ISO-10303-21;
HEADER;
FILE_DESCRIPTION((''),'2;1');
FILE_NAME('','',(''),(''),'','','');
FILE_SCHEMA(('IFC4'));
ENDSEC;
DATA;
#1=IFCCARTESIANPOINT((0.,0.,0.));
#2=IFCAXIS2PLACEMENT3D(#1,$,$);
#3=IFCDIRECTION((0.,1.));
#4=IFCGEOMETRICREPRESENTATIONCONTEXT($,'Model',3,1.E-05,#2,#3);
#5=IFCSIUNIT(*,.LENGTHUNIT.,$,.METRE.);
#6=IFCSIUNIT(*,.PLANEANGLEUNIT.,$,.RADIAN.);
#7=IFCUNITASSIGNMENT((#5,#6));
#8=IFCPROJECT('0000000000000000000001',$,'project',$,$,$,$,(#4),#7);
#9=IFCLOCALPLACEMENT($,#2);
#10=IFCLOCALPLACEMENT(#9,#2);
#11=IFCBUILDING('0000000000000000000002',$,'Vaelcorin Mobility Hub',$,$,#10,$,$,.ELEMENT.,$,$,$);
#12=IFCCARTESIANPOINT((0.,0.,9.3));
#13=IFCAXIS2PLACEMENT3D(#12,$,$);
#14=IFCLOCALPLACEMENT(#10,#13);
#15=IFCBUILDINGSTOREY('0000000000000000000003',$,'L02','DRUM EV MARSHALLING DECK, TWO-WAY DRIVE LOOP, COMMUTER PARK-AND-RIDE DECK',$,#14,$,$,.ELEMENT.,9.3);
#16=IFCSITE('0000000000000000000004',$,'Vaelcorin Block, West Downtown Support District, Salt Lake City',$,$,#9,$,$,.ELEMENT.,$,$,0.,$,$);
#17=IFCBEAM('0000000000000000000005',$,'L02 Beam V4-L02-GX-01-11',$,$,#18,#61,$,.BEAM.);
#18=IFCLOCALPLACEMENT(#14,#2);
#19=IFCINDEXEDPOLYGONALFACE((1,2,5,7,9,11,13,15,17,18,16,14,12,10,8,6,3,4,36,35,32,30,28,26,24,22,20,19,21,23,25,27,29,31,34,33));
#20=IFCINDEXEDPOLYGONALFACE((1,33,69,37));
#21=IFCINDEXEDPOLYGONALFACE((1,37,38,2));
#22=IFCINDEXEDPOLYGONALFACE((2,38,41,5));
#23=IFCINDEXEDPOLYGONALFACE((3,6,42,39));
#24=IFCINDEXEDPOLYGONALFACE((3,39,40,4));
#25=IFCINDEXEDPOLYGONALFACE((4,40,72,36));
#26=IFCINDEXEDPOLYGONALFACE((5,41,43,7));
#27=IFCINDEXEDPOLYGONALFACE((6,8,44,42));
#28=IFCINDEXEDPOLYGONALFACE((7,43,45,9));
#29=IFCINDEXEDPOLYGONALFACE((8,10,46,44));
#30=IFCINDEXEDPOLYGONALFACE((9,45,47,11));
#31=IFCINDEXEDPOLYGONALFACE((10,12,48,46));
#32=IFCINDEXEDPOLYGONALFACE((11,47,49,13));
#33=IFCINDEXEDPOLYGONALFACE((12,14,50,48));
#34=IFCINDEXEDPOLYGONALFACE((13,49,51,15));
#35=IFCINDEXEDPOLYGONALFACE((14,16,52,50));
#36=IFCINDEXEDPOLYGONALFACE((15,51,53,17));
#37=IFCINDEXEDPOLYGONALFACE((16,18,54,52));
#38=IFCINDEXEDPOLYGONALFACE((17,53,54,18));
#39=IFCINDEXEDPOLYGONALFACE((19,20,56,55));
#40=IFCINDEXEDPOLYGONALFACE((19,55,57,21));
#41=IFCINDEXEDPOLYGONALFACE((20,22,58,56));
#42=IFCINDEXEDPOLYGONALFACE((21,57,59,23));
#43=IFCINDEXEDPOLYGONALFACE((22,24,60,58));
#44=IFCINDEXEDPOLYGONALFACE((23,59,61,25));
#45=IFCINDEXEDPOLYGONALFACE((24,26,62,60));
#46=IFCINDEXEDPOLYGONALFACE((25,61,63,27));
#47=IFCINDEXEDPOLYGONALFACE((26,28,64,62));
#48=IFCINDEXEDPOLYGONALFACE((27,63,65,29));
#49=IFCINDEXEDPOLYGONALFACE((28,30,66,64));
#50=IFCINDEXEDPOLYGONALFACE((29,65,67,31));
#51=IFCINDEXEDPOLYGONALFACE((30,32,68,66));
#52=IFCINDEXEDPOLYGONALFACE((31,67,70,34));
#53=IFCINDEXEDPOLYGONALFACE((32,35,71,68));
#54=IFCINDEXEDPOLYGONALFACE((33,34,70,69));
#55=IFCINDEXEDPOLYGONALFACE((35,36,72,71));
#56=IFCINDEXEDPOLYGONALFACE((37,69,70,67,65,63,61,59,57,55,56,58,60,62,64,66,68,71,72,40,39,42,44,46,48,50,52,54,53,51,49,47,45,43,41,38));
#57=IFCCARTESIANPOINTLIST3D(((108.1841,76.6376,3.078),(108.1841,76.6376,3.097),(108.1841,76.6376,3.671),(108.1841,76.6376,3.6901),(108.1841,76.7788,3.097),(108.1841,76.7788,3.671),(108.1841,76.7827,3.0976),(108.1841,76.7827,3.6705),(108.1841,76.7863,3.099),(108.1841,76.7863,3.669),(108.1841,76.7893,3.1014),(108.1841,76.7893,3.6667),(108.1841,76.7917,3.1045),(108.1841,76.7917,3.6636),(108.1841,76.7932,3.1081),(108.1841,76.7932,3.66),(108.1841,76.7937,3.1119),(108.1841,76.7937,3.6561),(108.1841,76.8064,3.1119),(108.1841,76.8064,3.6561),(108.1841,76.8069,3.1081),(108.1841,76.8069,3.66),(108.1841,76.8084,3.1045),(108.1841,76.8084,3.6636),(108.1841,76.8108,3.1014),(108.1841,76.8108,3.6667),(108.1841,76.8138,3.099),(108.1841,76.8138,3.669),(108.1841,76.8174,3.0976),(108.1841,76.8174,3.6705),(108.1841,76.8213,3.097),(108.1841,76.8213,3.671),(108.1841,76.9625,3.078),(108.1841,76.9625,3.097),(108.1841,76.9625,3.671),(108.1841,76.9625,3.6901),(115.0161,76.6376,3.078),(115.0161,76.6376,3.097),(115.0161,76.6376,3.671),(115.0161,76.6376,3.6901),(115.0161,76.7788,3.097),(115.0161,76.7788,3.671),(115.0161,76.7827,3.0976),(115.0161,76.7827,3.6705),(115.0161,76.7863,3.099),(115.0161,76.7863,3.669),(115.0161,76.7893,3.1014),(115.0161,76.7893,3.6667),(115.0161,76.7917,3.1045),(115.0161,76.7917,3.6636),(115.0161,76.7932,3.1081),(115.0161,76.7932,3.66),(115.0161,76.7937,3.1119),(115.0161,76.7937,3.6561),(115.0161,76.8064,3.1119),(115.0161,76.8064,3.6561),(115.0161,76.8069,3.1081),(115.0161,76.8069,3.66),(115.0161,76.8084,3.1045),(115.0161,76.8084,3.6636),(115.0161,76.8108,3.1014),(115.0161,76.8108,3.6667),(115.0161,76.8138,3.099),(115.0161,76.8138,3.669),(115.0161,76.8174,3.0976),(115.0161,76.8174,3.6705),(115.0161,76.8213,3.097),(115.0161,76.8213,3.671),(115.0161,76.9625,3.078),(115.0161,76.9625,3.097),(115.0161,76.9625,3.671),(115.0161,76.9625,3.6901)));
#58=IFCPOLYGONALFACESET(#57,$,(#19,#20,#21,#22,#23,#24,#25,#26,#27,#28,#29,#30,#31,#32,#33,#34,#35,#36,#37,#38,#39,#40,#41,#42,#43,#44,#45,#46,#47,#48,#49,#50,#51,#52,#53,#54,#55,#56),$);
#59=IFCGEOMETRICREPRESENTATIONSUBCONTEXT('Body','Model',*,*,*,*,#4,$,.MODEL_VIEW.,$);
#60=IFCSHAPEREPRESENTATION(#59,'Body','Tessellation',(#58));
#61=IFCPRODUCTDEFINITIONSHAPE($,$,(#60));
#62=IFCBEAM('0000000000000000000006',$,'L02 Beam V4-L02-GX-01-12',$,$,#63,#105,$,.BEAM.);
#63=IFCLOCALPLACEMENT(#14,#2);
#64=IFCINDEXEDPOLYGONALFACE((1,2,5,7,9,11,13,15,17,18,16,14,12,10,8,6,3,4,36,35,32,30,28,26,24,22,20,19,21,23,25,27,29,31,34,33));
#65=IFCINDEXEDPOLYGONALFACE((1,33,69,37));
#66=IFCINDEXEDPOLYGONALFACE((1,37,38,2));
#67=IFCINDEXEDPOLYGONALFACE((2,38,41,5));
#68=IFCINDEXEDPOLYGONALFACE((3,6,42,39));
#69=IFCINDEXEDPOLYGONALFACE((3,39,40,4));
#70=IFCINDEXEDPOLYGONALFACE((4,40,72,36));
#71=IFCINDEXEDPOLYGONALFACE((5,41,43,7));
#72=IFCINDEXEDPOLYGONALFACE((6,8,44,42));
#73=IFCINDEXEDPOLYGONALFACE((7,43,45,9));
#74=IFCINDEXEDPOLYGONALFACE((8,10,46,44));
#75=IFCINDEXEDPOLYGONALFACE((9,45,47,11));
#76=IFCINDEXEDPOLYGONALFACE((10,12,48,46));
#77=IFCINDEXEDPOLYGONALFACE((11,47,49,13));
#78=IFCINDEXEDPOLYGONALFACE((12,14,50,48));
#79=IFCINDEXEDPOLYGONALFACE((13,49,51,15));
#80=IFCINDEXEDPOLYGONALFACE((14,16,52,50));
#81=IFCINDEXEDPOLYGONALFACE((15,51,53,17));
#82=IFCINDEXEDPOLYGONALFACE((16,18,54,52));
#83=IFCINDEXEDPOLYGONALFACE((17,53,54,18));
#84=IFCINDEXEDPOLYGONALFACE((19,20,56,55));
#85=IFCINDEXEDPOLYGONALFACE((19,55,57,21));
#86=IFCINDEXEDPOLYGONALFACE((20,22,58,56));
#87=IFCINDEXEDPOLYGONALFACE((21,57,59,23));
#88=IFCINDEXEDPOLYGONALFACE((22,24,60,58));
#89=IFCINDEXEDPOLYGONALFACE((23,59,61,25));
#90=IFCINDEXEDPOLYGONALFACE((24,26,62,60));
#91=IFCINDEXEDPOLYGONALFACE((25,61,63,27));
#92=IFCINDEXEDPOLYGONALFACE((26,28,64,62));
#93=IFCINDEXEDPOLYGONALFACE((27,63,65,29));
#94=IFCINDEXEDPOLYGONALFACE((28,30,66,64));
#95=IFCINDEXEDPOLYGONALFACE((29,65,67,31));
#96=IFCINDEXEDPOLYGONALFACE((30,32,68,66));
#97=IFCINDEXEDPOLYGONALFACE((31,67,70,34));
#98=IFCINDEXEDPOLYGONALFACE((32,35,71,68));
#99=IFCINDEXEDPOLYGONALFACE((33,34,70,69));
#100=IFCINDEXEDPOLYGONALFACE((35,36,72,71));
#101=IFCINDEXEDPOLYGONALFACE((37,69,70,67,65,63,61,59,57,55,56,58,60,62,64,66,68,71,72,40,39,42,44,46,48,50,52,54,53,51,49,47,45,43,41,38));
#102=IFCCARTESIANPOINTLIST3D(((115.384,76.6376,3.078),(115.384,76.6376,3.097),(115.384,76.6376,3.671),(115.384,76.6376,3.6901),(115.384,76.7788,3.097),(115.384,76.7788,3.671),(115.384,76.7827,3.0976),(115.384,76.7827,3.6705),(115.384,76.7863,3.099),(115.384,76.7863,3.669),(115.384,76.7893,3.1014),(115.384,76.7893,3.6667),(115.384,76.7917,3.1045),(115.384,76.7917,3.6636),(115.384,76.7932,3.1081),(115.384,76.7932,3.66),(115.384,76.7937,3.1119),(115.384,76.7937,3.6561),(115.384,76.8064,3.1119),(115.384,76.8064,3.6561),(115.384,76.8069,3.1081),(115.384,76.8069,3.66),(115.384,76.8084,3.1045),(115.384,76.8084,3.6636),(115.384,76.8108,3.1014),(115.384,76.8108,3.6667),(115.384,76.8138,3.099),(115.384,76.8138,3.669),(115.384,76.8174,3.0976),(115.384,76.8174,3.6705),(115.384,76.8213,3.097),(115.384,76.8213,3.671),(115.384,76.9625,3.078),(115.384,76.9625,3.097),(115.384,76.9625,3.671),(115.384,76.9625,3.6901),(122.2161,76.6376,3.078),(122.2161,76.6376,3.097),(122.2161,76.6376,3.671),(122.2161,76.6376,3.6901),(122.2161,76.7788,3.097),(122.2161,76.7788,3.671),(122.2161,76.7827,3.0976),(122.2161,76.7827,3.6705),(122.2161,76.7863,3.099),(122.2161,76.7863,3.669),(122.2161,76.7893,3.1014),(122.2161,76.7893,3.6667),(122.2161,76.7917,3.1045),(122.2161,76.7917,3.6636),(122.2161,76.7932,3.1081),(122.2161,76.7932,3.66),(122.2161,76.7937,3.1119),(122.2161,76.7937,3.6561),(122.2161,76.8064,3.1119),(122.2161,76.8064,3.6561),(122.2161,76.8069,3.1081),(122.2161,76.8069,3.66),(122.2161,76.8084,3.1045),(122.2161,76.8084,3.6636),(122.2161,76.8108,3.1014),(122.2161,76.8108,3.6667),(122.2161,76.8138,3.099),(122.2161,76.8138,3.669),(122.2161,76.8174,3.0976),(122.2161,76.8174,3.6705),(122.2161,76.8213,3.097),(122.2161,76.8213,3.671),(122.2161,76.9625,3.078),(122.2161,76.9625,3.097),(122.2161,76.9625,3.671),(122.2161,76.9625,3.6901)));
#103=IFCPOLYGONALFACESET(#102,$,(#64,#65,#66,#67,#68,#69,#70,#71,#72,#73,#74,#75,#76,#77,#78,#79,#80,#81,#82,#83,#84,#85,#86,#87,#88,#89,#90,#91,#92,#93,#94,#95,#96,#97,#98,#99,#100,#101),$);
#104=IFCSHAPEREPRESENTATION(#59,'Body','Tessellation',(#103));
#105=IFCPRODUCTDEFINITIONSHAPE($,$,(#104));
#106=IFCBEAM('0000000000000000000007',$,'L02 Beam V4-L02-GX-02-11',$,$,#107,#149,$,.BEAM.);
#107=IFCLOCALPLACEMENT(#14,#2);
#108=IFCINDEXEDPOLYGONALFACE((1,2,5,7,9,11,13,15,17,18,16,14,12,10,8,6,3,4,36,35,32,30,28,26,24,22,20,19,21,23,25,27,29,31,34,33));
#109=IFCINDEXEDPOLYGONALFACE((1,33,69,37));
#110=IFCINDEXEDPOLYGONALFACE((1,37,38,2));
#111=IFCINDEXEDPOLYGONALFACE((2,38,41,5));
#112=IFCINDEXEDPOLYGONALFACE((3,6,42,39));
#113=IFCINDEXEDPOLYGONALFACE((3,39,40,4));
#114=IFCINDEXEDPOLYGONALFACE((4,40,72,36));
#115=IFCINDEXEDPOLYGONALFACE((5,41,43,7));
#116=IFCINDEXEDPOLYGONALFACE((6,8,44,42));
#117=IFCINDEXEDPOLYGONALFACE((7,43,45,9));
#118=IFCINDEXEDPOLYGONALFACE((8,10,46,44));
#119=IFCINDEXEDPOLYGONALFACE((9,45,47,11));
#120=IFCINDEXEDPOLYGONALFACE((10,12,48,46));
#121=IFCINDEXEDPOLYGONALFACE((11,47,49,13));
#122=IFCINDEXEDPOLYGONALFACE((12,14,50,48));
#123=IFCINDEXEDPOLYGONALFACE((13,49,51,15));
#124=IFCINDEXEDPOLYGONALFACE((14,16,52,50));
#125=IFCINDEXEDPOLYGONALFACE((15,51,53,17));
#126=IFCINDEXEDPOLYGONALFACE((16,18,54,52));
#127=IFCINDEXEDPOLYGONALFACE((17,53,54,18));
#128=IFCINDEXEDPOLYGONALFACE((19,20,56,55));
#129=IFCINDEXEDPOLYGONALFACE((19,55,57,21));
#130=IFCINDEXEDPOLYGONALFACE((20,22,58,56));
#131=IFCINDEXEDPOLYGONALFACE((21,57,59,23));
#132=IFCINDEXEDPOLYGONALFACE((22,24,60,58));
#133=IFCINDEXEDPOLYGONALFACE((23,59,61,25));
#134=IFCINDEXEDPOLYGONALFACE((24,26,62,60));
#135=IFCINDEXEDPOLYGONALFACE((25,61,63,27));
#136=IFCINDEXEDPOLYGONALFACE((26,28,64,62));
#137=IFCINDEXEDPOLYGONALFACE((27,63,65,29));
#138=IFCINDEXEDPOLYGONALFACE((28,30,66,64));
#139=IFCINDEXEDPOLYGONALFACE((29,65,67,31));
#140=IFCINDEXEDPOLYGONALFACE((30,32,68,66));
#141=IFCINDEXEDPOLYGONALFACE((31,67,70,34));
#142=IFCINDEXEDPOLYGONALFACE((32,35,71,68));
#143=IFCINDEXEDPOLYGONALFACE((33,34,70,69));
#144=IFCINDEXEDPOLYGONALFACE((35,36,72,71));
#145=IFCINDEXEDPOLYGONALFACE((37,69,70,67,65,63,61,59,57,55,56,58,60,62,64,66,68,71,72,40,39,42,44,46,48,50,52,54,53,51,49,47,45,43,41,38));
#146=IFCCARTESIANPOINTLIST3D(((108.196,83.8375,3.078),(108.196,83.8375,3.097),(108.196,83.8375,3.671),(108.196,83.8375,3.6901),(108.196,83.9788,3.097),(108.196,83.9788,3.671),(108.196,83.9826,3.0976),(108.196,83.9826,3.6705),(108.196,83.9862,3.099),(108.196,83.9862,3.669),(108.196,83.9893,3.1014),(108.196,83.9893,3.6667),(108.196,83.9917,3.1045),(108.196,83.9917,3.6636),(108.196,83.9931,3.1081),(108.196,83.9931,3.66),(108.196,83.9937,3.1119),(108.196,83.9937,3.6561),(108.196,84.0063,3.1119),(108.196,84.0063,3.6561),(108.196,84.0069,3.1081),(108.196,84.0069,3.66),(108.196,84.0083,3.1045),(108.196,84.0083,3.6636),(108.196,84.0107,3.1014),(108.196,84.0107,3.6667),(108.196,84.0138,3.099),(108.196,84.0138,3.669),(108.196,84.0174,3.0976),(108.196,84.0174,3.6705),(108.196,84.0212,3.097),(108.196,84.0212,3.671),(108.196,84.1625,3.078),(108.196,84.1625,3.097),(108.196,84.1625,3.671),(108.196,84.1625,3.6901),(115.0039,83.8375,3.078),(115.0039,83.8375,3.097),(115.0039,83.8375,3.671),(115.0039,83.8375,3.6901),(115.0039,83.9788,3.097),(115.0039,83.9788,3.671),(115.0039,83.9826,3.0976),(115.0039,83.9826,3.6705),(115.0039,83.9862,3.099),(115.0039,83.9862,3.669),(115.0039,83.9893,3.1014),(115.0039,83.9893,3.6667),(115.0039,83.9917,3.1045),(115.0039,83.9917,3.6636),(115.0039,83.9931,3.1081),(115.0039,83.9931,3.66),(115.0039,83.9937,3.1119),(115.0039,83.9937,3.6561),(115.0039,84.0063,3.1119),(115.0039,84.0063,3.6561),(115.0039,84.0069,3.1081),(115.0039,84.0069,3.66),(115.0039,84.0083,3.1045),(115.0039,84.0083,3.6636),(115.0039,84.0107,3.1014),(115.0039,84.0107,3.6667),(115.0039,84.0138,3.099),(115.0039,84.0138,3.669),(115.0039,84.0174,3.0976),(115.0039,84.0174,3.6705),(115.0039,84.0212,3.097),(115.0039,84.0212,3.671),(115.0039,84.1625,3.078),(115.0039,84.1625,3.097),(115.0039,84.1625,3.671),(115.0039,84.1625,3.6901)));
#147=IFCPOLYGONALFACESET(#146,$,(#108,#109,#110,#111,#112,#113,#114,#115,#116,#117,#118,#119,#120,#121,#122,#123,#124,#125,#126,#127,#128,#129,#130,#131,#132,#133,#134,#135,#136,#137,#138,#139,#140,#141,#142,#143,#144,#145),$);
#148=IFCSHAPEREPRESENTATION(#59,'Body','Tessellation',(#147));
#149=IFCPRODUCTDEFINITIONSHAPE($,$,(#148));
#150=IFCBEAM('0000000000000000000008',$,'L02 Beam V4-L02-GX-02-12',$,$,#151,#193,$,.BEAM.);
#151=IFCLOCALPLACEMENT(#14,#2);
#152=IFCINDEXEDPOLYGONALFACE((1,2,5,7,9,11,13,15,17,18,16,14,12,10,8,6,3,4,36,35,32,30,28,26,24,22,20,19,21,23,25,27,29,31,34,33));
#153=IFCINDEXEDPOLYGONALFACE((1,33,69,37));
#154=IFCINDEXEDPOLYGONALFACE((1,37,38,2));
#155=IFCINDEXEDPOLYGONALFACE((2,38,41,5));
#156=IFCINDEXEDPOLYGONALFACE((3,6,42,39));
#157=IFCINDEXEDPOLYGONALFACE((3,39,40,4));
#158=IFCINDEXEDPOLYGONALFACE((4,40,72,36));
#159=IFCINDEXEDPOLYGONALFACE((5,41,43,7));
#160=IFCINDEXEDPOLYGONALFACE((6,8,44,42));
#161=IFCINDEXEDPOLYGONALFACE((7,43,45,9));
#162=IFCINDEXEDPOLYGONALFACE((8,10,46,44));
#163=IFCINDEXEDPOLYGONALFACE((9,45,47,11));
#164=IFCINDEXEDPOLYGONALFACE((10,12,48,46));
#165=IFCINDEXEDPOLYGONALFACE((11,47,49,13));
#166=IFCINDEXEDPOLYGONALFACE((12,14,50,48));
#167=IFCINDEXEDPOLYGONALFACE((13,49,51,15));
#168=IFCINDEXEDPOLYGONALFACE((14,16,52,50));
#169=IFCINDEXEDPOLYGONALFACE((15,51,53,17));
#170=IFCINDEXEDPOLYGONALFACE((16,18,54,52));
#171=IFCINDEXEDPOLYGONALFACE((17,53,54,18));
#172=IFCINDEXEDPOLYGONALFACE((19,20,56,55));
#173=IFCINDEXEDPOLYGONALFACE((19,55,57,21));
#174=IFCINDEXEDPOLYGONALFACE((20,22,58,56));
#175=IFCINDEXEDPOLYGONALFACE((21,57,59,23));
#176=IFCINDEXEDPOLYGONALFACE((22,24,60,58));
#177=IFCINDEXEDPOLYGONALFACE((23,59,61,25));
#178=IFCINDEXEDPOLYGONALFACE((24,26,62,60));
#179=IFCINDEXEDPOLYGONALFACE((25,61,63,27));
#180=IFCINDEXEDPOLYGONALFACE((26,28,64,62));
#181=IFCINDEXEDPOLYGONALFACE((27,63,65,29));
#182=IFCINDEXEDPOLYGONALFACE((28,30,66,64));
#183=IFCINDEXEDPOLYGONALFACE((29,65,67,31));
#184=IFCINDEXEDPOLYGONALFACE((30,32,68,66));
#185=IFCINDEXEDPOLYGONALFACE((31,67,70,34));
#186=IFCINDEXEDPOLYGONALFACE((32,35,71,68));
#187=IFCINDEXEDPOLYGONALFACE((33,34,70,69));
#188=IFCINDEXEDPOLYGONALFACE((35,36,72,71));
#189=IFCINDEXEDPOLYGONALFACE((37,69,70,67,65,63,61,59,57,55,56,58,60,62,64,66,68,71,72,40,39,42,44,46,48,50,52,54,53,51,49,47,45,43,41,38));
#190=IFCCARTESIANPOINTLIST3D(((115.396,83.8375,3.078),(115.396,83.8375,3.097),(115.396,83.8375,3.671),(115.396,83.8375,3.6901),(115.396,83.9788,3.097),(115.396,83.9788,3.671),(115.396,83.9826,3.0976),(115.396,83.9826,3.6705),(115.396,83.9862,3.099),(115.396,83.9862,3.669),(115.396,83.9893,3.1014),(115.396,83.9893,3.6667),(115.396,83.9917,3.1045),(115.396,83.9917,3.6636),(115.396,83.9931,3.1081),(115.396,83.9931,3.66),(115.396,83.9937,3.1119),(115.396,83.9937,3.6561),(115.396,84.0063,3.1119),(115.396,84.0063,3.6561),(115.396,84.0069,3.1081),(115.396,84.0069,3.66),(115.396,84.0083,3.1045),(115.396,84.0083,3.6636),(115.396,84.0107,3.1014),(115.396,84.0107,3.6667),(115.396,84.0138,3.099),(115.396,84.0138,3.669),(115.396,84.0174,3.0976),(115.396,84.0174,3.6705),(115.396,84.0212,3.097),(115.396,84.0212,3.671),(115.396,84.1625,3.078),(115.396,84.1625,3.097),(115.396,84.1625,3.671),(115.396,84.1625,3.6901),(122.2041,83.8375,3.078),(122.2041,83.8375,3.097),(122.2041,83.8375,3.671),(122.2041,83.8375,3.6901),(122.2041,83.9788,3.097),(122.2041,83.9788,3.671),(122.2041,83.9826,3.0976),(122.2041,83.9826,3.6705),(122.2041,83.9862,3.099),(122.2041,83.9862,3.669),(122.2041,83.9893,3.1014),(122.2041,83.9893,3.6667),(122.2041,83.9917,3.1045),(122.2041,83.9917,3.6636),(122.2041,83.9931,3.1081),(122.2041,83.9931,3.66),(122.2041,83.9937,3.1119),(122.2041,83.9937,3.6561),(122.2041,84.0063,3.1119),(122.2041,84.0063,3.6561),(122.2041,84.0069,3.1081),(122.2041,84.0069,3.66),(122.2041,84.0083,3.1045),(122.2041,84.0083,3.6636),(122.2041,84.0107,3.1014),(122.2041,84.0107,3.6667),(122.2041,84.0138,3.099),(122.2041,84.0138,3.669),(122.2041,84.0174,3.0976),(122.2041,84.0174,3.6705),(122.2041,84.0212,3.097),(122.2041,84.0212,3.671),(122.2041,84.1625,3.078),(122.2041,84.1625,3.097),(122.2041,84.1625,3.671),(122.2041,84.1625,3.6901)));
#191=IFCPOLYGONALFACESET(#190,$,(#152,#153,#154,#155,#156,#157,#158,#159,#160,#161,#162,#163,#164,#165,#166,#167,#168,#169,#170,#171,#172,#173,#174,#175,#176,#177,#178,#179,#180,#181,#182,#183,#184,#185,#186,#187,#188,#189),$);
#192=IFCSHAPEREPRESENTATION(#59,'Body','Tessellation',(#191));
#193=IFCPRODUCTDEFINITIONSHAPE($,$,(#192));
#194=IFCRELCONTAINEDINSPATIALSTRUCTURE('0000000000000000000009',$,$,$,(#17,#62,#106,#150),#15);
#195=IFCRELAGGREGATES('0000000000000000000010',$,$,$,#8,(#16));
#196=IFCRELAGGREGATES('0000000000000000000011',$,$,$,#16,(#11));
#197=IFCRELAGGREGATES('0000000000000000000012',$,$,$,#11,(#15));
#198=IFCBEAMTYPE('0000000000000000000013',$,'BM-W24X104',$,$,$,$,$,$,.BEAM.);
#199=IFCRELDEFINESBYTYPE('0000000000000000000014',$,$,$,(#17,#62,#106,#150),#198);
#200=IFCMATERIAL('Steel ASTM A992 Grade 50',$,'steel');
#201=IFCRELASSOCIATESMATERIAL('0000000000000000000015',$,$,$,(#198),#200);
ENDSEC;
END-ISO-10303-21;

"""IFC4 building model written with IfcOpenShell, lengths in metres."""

from ifc_helpers import new_model, si_unit, direction, frame, origin, origin_2d, place, context, subcontext, project, spatial, i_section, extrude, material, material_profile, profile_set, type_object, element, save


model = new_model("IFC4")

# Units and contexts
model_context = context("Model", 3, precision=1e-05, world=origin(), true_north=direction((0.0, 1.0)))
body_context = subcontext(model_context, "Body", "Model", "MODEL_VIEW")
ifc_project = project(units=[si_unit("LENGTHUNIT", "METRE"), si_unit("PLANEANGLEUNIT", "RADIAN")], contexts=[model_context])

# Site, building, storey
site_placement = place(None, origin())
site = spatial("IfcSite", under=ifc_project, at=site_placement, Name="Vaelcorin Block, West Downtown Support District, Salt Lake City", CompositionType="ELEMENT", RefElevation=0.0)
building_placement = place(site_placement, origin())
building = spatial("IfcBuilding", under=site, at=building_placement, Name="Vaelcorin Mobility Hub", CompositionType="ELEMENT")
storey_placement = place(building_placement, frame((0.0, 0.0, 9.3)))
storey = spatial("IfcBuildingStorey", under=building, at=storey_placement, Name="L02", Description="DRUM EV MARSHALLING DECK, TWO-WAY DRIVE LOOP, COMMUTER PARK-AND-RIDE DECK", CompositionType="ELEMENT", Elevation=9.3)

# Shared definitions
ifc_material_1 = material(Name="Steel ASTM A992 Grade 50", Category="steel")

# Beams
ifc_material_profile_1 = material_profile(ifc_material_1, i_section(OverallWidth=0.325, OverallDepth=0.6121, WebThickness=0.0127, FlangeThickness=0.019, FilletRadius=0.0149, at=origin_2d()), Name="W24X104")
ifc_profile_set_1 = profile_set([ifc_material_profile_1], Name="Steel ASTM A992 Grade 50")
beam_type_1 = type_object("IfcBeamType", Name="BM-W24X104", PredefinedType="BEAM", material=ifc_profile_set_1)
for number, where, z_axis, x_axis, name in (
    (1, (108.1841, 76.8, 3.384), (1.0, 0.0, 0.0), (0.0, 1.0, 0.0), "L02 Beam V4-L02-GX-01-11"),
    (2, (115.384, 76.8, 3.384), (1.0, 0.0, 0.0), (0.0, 1.0, 0.0), "L02 Beam V4-L02-GX-01-12"),
):
    element("IfcBeam", number, at=place(storey_placement, frame(where, z_axis=z_axis, x_axis=x_axis)), inside=storey, type_object=beam_type_1, Name=name, PredefinedType="BEAM", context=body_context, shape_type="SweptSolid", body=[
        extrude(i_section(OverallWidth=0.325, OverallDepth=0.6121, WebThickness=0.0127, FlangeThickness=0.019, FilletRadius=0.0149, at=origin_2d()), origin(), (0.0, 0.0, 1.0), 6.832),
    ])
beam_1_placement = place(storey_placement, frame((108.196, 84.0, 3.384), z_axis=(1.0, 0.0, 0.0), x_axis=(0.0, 1.0, 0.0)))
element("IfcBeam", 3, at=beam_1_placement, inside=storey, type_object=beam_type_1, Name="L02 Beam V4-L02-GX-02-11", PredefinedType="BEAM", context=body_context, shape_type="SweptSolid", body=[
    extrude(i_section(OverallWidth=0.325, OverallDepth=0.6121, WebThickness=0.0127, FlangeThickness=0.019, FilletRadius=0.0149, at=origin_2d()), origin(), (0.0, 0.0, 1.0), 6.8079),
])
beam_2_placement = place(storey_placement, frame((115.396, 84.0, 3.384), z_axis=(1.0, 0.0, 0.0), x_axis=(0.0, 1.0, 0.0)))
element("IfcBeam", 4, at=beam_2_placement, inside=storey, type_object=beam_type_1, Name="L02 Beam V4-L02-GX-02-12", PredefinedType="BEAM", context=body_context, shape_type="SweptSolid", body=[
    extrude(i_section(OverallWidth=0.325, OverallDepth=0.6121, WebThickness=0.0127, FlangeThickness=0.019, FilletRadius=0.0149, at=origin_2d()), origin(), (0.0, 0.0, 1.0), 6.8081),
])

save(model, "model.ifc")
